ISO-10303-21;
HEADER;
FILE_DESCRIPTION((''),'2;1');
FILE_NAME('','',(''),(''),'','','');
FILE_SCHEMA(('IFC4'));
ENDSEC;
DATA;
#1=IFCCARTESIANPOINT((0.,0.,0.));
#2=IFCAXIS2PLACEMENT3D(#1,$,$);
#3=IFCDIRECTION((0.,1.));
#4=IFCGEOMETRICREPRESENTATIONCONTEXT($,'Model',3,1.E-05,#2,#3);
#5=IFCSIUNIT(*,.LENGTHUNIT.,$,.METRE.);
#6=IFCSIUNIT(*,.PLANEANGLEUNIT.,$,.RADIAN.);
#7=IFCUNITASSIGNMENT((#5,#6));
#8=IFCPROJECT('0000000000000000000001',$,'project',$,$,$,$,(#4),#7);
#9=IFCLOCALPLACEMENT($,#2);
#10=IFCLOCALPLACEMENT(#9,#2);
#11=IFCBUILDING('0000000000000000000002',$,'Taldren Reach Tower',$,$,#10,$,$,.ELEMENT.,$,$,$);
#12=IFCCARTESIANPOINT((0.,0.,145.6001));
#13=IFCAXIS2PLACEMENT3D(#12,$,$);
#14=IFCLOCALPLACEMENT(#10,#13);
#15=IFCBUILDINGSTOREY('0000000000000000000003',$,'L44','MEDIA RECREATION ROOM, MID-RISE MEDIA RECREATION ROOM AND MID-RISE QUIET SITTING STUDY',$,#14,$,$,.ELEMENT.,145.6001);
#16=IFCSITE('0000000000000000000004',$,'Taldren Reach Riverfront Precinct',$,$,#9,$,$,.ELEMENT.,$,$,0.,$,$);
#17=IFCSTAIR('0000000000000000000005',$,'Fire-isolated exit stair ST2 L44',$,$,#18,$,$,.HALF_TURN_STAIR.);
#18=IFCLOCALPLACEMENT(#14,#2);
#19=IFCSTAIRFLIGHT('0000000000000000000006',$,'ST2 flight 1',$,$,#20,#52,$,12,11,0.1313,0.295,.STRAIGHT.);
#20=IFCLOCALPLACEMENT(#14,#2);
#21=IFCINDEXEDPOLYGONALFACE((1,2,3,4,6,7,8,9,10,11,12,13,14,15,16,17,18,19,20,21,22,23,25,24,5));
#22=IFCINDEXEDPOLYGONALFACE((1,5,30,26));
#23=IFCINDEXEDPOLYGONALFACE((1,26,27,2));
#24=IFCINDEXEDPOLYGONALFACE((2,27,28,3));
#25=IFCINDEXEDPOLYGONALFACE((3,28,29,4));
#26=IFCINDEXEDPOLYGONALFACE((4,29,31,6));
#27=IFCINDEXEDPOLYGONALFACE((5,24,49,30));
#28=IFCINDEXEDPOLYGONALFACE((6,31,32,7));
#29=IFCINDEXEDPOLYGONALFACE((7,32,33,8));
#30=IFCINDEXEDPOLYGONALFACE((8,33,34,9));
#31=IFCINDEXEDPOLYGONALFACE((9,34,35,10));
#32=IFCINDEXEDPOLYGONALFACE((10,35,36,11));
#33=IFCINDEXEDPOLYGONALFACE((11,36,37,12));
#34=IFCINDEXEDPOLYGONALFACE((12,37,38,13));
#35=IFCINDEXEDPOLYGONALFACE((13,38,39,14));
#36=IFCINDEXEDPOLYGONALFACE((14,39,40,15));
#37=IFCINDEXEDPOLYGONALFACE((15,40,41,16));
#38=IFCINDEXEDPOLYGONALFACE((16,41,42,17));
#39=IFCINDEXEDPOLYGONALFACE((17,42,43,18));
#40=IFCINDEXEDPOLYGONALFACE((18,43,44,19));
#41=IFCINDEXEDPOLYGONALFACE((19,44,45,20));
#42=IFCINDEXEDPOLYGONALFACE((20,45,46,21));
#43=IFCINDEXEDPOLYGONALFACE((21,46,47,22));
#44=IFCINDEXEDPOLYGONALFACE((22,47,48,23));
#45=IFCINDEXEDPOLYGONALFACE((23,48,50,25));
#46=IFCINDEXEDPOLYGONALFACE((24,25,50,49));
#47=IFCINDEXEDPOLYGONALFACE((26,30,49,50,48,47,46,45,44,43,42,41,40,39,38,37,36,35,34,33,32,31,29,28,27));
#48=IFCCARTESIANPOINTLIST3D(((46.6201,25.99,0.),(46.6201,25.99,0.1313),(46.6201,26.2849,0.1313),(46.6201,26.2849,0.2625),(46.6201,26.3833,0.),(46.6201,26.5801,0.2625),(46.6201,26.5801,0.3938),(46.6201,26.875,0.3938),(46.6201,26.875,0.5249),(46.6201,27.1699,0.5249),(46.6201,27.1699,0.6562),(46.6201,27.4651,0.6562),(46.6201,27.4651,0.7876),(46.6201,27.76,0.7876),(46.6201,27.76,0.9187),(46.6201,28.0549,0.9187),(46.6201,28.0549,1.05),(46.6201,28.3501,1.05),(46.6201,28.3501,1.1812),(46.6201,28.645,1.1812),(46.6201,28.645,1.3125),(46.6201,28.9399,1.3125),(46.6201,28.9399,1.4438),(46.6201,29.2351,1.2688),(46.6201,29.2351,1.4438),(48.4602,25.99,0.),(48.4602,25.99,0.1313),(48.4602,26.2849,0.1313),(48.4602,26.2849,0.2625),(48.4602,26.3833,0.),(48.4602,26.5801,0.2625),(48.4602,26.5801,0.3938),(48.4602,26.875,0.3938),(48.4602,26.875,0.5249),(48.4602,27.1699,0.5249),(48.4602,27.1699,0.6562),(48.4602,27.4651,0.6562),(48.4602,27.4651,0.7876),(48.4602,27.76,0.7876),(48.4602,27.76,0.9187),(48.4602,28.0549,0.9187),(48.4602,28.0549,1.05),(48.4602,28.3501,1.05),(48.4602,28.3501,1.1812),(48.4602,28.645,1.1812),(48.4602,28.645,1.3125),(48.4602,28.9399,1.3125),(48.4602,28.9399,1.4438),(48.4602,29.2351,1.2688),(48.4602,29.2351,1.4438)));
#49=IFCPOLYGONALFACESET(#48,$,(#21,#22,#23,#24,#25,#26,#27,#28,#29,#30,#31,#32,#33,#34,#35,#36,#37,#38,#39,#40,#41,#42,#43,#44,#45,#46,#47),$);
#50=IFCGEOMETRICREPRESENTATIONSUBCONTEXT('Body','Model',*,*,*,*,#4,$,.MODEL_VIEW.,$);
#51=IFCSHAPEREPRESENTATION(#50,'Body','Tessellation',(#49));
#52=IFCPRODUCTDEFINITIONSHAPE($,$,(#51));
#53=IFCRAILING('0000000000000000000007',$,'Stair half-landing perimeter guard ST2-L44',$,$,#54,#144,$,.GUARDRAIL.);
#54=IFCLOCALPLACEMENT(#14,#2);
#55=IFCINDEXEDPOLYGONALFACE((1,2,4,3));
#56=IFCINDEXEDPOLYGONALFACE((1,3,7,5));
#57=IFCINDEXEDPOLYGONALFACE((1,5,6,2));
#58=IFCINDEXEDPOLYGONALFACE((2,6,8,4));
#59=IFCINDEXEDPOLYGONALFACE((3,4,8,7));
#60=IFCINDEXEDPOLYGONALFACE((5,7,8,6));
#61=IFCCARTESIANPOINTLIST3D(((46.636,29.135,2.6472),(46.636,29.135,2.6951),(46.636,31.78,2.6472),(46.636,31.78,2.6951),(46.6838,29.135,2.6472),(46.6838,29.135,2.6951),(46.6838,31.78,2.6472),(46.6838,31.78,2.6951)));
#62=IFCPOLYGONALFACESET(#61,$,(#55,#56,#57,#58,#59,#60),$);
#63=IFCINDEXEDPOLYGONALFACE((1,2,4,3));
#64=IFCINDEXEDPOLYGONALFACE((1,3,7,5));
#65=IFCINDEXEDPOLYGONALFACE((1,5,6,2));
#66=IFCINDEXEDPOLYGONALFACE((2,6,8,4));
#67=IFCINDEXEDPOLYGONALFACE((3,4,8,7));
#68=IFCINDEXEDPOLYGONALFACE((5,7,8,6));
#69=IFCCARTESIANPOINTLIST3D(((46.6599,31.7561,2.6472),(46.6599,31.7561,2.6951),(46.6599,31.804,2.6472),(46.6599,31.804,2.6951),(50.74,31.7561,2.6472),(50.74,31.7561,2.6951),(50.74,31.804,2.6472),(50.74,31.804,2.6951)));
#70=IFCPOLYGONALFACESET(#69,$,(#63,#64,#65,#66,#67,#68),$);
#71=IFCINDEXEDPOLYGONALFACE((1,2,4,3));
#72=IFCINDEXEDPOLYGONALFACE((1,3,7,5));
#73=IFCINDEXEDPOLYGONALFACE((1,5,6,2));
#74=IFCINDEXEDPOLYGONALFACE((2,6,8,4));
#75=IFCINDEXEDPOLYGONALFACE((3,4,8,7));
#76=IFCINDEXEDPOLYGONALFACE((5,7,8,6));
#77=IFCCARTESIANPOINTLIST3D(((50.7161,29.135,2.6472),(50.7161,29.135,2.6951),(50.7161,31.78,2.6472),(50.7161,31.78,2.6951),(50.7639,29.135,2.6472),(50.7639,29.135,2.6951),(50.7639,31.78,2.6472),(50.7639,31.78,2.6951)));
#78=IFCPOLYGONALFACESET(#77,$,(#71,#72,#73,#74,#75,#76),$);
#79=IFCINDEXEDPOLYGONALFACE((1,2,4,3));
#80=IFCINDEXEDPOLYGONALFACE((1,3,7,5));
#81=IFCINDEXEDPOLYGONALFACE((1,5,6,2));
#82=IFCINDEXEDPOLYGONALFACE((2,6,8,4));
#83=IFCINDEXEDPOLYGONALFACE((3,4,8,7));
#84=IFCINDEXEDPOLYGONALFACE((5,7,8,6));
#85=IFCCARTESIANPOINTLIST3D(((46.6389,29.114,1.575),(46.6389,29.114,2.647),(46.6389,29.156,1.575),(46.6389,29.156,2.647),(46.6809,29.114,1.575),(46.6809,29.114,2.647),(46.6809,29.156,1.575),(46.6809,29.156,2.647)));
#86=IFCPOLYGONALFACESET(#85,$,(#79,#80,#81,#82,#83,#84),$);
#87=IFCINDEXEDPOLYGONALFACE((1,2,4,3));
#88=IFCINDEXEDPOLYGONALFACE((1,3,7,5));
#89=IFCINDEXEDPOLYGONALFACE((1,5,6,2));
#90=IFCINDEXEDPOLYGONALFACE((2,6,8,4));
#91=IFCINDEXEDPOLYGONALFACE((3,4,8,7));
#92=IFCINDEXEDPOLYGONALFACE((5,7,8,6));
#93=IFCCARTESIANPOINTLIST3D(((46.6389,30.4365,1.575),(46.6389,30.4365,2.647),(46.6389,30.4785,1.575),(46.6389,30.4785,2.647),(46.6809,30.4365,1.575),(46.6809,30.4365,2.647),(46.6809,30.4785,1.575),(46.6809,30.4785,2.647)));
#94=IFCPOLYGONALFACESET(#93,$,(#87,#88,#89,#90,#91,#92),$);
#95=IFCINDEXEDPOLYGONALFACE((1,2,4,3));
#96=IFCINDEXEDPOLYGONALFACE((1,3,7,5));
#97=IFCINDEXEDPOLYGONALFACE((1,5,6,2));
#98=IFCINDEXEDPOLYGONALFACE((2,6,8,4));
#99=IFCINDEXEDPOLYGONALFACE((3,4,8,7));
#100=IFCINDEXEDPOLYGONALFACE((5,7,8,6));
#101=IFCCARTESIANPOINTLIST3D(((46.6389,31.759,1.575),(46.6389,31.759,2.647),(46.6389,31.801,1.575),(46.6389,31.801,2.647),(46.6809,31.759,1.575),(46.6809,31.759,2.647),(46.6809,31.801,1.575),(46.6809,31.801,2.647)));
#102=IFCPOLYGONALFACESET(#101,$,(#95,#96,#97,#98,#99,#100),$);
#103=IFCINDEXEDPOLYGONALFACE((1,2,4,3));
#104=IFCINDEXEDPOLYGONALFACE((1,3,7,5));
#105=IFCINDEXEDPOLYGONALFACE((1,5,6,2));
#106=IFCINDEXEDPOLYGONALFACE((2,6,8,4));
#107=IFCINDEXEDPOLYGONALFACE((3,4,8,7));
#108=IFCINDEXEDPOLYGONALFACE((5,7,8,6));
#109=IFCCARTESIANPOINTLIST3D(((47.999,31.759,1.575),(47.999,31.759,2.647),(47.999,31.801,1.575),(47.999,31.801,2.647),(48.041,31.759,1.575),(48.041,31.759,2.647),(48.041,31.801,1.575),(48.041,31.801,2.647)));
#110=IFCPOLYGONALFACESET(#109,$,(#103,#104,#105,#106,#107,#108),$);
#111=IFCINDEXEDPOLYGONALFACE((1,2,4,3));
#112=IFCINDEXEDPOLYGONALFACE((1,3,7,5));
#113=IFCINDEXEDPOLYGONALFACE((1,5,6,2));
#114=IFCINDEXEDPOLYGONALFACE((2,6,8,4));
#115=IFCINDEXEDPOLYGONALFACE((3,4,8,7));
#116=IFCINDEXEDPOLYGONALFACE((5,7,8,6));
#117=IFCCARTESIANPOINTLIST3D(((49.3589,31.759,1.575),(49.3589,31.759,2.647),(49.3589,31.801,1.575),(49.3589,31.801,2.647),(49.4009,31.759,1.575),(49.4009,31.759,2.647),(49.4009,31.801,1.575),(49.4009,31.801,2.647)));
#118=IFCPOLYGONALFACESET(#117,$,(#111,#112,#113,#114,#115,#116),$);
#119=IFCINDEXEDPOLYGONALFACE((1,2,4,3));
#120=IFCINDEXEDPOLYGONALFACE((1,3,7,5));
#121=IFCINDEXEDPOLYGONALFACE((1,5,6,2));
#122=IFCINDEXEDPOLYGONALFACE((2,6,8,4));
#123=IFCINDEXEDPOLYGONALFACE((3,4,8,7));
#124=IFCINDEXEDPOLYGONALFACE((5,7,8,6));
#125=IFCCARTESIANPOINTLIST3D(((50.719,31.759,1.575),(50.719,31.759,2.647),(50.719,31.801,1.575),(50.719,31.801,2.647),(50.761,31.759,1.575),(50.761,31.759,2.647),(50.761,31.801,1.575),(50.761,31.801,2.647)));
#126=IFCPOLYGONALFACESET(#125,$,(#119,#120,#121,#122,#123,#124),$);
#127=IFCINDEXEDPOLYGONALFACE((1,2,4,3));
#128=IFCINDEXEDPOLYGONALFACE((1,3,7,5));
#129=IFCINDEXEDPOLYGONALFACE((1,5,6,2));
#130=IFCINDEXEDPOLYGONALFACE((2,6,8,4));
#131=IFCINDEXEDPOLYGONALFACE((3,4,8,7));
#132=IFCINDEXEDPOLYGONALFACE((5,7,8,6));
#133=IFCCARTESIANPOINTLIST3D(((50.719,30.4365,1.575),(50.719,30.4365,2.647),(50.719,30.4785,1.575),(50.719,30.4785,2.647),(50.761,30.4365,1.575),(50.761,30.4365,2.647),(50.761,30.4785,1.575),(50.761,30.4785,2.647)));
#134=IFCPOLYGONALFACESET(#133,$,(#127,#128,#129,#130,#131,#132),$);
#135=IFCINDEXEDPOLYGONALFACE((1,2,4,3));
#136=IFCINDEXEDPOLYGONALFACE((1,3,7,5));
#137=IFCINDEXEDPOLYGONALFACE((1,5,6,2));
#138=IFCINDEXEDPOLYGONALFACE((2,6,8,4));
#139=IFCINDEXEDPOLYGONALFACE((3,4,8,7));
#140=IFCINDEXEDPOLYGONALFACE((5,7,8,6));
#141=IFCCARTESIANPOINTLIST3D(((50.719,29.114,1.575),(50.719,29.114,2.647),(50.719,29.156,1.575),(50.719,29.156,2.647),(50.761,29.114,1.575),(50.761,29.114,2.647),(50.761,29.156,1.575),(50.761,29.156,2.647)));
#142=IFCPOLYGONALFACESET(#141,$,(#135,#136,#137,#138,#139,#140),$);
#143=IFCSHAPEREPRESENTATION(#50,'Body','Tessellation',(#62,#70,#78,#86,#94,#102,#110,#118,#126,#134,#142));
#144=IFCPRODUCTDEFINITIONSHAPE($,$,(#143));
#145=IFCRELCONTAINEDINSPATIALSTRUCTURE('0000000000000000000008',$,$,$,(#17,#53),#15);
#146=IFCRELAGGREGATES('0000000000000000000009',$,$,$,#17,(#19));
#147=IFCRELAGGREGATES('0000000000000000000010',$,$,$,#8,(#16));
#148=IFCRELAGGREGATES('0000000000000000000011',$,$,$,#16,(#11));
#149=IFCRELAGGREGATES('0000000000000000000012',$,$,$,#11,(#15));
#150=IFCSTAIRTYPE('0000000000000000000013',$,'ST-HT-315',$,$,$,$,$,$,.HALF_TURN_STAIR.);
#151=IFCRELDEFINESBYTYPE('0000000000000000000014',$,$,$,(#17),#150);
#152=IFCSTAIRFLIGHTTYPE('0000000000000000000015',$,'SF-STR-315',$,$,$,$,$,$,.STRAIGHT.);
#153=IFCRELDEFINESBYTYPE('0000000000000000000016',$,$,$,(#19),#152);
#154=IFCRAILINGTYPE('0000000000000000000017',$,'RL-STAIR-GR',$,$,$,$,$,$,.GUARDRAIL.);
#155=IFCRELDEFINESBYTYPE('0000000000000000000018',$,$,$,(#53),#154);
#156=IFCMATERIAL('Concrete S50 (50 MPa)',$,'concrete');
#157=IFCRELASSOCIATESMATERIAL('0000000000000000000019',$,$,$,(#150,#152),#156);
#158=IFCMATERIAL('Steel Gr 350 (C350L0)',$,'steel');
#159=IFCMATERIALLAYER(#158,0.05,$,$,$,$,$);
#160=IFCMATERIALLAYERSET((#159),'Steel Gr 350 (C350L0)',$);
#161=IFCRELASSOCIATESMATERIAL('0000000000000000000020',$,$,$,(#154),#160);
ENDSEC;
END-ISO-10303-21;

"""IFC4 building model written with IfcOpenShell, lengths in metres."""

from ifc_helpers import new_model, si_unit, direction, frame, origin, origin_2d, place, context, subcontext, project, spatial, polyline, rectangle, outline, extrude, material, layer, layer_set, type_object, element, aggregate, save


model = new_model("IFC4")

# Units and contexts
model_context = context("Model", 3, precision=1e-05, world=origin(), true_north=direction((0.0, 1.0)))
body_context = subcontext(model_context, "Body", "Model", "MODEL_VIEW")
ifc_project = project(units=[si_unit("LENGTHUNIT", "METRE"), si_unit("PLANEANGLEUNIT", "RADIAN")], contexts=[model_context])

# Site, building, storey
site_placement = place(None, origin())
site = spatial("IfcSite", under=ifc_project, at=site_placement, Name="Taldren Reach Riverfront Precinct", CompositionType="ELEMENT", RefElevation=0.0)
building_placement = place(site_placement, origin())
building = spatial("IfcBuilding", under=site, at=building_placement, Name="Taldren Reach Tower", CompositionType="ELEMENT")
storey_placement = place(building_placement, frame((0.0, 0.0, 145.6001)))
storey = spatial("IfcBuildingStorey", under=building, at=storey_placement, Name="L44", Description="MEDIA RECREATION ROOM, MID-RISE MEDIA RECREATION ROOM AND MID-RISE QUIET SITTING STUDY", CompositionType="ELEMENT", Elevation=145.6001)

# Shared definitions
ifc_material_1 = material(Name="Steel Gr 350 (C350L0)", Category="steel")

# Shared definitions
ifc_material_2 = material(Name="Concrete S50 (50 MPa)", Category="concrete")

# Stair, stair flight
stair_type = type_object("IfcStairType", Name="ST-HT-315", PredefinedType="HALF_TURN_STAIR", material=ifc_material_2)
stair_placement = place(storey_placement, origin())
stair = element("IfcStair", 1, at=stair_placement, inside=storey, type_object=stair_type, Name="Fire-isolated exit stair ST2 L44", PredefinedType="HALF_TURN_STAIR")
stair_flight_type = type_object("IfcStairFlightType", Name="SF-STR-315", PredefinedType="STRAIGHT", material=ifc_material_2)
stair_flight_placement = place(storey_placement, frame((47.54, 25.99, 0.0), z_axis=(0.0, 0.0, 1.0), x_axis=(0.0, 1.0, 0.0)))
stair_flight = element("IfcStairFlight", 2, at=stair_flight_placement, type_object=stair_flight_type, Name="ST2 flight 1", NumberOfRisers=12, NumberOfTreads=11, PredefinedType="STRAIGHT", RiserHeight=0.1313, TreadLength=0.295, context=body_context, shape_type="SweptSolid", body=[
    extrude(outline(polyline([(0.0, 0.0), (0.0, 0.1313), (0.2949, 0.1313), (0.2949, 0.2625), (0.5901, 0.2625), (0.5901, 0.3938), (0.885, 0.3938), (0.885, 0.5249), (1.1799, 0.5249), (1.1799, 0.6562), (1.4751, 0.6562), (1.4751, 0.7876), (1.77, 0.7876), (1.77, 0.9187), (2.0649, 0.9187), (2.0649, 1.05), (2.3601, 1.05), (2.3601, 1.1812), (2.655, 1.1812), (2.655, 1.3125), (2.95, 1.3125), (2.95, 1.4438), (3.2451, 1.4438), (3.2451, 1.575), (3.2451, 1.2688), (0.3933, 0.0), (0.0, 0.0)])), frame((0.0, 0.9199, 0.0), z_axis=(0.0, -1.0, 0.0), x_axis=(1.0, 0.0, 0.0)), (0.0, 0.0, 1.0), 1.8401),
])
aggregate(stair, [stair_flight])

# Railing
ifc_layer_1 = layer(ifc_material_1, 0.05)
ifc_layer_set_1 = layer_set([ifc_layer_1], Name="Steel Gr 350 (C350L0)")
railing_type_1 = type_object("IfcRailingType", Name="RL-STAIR-GR", PredefinedType="GUARDRAIL", material=ifc_layer_set_1)
railing_1_placement = place(storey_placement, frame((46.6599, 29.135, 1.575)))
element("IfcRailing", 3, at=railing_1_placement, inside=storey, type_object=railing_type_1, Name="Stair half-landing perimeter guard ST2-L44", PredefinedType="GUARDRAIL", context=body_context, shape_type="SweptSolid", body=[
    extrude(rectangle(XDim=0.0479, YDim=0.0479, at=origin_2d()), frame((0.0, 0.0, 1.0962), z_axis=(0.0, 1.0, 0.0), x_axis=(-1.0, 0.0, 0.0)), (0.0, 0.0, 1.0), 2.645),
    extrude(rectangle(XDim=0.0479, YDim=0.0479, at=origin_2d()), frame((0.0, 2.645, 1.0962), z_axis=(1.0, 0.0, 0.0), x_axis=(0.0, 1.0, 0.0)), (0.0, 0.0, 1.0), 4.0801),
    extrude(rectangle(XDim=0.0479, YDim=0.0479, at=origin_2d()), frame((4.0801, 2.645, 1.0962), z_axis=(0.0, -1.0, 0.0), x_axis=(1.0, 0.0, 0.0)), (0.0, 0.0, 1.0), 2.645),
    extrude(rectangle(XDim=0.042, YDim=0.042, at=origin_2d()), origin(), (0.0, 0.0, 1.0), 1.072),
    extrude(rectangle(XDim=0.042, YDim=0.042, at=origin_2d()), frame((0.0, 1.3225, 0.0)), (0.0, 0.0, 1.0), 1.072),
    extrude(rectangle(XDim=0.042, YDim=0.042, at=origin_2d()), frame((0.0, 2.645, 0.0)), (0.0, 0.0, 1.0), 1.072),
    extrude(rectangle(XDim=0.042, YDim=0.042, at=origin_2d()), frame((1.3601, 2.645, 0.0)), (0.0, 0.0, 1.0), 1.072),
    extrude(rectangle(XDim=0.042, YDim=0.042, at=origin_2d()), frame((2.72, 2.645, 0.0)), (0.0, 0.0, 1.0), 1.072),
    extrude(rectangle(XDim=0.042, YDim=0.042, at=origin_2d()), frame((4.0801, 2.645, 0.0)), (0.0, 0.0, 1.0), 1.072),
    extrude(rectangle(XDim=0.042, YDim=0.042, at=origin_2d()), frame((4.0801, 1.3225, 0.0)), (0.0, 0.0, 1.0), 1.072),
    extrude(rectangle(XDim=0.042, YDim=0.042, at=origin_2d()), frame((4.0801, 0.0, 0.0)), (0.0, 0.0, 1.0), 1.072),
])

save(model, "model.ifc")
